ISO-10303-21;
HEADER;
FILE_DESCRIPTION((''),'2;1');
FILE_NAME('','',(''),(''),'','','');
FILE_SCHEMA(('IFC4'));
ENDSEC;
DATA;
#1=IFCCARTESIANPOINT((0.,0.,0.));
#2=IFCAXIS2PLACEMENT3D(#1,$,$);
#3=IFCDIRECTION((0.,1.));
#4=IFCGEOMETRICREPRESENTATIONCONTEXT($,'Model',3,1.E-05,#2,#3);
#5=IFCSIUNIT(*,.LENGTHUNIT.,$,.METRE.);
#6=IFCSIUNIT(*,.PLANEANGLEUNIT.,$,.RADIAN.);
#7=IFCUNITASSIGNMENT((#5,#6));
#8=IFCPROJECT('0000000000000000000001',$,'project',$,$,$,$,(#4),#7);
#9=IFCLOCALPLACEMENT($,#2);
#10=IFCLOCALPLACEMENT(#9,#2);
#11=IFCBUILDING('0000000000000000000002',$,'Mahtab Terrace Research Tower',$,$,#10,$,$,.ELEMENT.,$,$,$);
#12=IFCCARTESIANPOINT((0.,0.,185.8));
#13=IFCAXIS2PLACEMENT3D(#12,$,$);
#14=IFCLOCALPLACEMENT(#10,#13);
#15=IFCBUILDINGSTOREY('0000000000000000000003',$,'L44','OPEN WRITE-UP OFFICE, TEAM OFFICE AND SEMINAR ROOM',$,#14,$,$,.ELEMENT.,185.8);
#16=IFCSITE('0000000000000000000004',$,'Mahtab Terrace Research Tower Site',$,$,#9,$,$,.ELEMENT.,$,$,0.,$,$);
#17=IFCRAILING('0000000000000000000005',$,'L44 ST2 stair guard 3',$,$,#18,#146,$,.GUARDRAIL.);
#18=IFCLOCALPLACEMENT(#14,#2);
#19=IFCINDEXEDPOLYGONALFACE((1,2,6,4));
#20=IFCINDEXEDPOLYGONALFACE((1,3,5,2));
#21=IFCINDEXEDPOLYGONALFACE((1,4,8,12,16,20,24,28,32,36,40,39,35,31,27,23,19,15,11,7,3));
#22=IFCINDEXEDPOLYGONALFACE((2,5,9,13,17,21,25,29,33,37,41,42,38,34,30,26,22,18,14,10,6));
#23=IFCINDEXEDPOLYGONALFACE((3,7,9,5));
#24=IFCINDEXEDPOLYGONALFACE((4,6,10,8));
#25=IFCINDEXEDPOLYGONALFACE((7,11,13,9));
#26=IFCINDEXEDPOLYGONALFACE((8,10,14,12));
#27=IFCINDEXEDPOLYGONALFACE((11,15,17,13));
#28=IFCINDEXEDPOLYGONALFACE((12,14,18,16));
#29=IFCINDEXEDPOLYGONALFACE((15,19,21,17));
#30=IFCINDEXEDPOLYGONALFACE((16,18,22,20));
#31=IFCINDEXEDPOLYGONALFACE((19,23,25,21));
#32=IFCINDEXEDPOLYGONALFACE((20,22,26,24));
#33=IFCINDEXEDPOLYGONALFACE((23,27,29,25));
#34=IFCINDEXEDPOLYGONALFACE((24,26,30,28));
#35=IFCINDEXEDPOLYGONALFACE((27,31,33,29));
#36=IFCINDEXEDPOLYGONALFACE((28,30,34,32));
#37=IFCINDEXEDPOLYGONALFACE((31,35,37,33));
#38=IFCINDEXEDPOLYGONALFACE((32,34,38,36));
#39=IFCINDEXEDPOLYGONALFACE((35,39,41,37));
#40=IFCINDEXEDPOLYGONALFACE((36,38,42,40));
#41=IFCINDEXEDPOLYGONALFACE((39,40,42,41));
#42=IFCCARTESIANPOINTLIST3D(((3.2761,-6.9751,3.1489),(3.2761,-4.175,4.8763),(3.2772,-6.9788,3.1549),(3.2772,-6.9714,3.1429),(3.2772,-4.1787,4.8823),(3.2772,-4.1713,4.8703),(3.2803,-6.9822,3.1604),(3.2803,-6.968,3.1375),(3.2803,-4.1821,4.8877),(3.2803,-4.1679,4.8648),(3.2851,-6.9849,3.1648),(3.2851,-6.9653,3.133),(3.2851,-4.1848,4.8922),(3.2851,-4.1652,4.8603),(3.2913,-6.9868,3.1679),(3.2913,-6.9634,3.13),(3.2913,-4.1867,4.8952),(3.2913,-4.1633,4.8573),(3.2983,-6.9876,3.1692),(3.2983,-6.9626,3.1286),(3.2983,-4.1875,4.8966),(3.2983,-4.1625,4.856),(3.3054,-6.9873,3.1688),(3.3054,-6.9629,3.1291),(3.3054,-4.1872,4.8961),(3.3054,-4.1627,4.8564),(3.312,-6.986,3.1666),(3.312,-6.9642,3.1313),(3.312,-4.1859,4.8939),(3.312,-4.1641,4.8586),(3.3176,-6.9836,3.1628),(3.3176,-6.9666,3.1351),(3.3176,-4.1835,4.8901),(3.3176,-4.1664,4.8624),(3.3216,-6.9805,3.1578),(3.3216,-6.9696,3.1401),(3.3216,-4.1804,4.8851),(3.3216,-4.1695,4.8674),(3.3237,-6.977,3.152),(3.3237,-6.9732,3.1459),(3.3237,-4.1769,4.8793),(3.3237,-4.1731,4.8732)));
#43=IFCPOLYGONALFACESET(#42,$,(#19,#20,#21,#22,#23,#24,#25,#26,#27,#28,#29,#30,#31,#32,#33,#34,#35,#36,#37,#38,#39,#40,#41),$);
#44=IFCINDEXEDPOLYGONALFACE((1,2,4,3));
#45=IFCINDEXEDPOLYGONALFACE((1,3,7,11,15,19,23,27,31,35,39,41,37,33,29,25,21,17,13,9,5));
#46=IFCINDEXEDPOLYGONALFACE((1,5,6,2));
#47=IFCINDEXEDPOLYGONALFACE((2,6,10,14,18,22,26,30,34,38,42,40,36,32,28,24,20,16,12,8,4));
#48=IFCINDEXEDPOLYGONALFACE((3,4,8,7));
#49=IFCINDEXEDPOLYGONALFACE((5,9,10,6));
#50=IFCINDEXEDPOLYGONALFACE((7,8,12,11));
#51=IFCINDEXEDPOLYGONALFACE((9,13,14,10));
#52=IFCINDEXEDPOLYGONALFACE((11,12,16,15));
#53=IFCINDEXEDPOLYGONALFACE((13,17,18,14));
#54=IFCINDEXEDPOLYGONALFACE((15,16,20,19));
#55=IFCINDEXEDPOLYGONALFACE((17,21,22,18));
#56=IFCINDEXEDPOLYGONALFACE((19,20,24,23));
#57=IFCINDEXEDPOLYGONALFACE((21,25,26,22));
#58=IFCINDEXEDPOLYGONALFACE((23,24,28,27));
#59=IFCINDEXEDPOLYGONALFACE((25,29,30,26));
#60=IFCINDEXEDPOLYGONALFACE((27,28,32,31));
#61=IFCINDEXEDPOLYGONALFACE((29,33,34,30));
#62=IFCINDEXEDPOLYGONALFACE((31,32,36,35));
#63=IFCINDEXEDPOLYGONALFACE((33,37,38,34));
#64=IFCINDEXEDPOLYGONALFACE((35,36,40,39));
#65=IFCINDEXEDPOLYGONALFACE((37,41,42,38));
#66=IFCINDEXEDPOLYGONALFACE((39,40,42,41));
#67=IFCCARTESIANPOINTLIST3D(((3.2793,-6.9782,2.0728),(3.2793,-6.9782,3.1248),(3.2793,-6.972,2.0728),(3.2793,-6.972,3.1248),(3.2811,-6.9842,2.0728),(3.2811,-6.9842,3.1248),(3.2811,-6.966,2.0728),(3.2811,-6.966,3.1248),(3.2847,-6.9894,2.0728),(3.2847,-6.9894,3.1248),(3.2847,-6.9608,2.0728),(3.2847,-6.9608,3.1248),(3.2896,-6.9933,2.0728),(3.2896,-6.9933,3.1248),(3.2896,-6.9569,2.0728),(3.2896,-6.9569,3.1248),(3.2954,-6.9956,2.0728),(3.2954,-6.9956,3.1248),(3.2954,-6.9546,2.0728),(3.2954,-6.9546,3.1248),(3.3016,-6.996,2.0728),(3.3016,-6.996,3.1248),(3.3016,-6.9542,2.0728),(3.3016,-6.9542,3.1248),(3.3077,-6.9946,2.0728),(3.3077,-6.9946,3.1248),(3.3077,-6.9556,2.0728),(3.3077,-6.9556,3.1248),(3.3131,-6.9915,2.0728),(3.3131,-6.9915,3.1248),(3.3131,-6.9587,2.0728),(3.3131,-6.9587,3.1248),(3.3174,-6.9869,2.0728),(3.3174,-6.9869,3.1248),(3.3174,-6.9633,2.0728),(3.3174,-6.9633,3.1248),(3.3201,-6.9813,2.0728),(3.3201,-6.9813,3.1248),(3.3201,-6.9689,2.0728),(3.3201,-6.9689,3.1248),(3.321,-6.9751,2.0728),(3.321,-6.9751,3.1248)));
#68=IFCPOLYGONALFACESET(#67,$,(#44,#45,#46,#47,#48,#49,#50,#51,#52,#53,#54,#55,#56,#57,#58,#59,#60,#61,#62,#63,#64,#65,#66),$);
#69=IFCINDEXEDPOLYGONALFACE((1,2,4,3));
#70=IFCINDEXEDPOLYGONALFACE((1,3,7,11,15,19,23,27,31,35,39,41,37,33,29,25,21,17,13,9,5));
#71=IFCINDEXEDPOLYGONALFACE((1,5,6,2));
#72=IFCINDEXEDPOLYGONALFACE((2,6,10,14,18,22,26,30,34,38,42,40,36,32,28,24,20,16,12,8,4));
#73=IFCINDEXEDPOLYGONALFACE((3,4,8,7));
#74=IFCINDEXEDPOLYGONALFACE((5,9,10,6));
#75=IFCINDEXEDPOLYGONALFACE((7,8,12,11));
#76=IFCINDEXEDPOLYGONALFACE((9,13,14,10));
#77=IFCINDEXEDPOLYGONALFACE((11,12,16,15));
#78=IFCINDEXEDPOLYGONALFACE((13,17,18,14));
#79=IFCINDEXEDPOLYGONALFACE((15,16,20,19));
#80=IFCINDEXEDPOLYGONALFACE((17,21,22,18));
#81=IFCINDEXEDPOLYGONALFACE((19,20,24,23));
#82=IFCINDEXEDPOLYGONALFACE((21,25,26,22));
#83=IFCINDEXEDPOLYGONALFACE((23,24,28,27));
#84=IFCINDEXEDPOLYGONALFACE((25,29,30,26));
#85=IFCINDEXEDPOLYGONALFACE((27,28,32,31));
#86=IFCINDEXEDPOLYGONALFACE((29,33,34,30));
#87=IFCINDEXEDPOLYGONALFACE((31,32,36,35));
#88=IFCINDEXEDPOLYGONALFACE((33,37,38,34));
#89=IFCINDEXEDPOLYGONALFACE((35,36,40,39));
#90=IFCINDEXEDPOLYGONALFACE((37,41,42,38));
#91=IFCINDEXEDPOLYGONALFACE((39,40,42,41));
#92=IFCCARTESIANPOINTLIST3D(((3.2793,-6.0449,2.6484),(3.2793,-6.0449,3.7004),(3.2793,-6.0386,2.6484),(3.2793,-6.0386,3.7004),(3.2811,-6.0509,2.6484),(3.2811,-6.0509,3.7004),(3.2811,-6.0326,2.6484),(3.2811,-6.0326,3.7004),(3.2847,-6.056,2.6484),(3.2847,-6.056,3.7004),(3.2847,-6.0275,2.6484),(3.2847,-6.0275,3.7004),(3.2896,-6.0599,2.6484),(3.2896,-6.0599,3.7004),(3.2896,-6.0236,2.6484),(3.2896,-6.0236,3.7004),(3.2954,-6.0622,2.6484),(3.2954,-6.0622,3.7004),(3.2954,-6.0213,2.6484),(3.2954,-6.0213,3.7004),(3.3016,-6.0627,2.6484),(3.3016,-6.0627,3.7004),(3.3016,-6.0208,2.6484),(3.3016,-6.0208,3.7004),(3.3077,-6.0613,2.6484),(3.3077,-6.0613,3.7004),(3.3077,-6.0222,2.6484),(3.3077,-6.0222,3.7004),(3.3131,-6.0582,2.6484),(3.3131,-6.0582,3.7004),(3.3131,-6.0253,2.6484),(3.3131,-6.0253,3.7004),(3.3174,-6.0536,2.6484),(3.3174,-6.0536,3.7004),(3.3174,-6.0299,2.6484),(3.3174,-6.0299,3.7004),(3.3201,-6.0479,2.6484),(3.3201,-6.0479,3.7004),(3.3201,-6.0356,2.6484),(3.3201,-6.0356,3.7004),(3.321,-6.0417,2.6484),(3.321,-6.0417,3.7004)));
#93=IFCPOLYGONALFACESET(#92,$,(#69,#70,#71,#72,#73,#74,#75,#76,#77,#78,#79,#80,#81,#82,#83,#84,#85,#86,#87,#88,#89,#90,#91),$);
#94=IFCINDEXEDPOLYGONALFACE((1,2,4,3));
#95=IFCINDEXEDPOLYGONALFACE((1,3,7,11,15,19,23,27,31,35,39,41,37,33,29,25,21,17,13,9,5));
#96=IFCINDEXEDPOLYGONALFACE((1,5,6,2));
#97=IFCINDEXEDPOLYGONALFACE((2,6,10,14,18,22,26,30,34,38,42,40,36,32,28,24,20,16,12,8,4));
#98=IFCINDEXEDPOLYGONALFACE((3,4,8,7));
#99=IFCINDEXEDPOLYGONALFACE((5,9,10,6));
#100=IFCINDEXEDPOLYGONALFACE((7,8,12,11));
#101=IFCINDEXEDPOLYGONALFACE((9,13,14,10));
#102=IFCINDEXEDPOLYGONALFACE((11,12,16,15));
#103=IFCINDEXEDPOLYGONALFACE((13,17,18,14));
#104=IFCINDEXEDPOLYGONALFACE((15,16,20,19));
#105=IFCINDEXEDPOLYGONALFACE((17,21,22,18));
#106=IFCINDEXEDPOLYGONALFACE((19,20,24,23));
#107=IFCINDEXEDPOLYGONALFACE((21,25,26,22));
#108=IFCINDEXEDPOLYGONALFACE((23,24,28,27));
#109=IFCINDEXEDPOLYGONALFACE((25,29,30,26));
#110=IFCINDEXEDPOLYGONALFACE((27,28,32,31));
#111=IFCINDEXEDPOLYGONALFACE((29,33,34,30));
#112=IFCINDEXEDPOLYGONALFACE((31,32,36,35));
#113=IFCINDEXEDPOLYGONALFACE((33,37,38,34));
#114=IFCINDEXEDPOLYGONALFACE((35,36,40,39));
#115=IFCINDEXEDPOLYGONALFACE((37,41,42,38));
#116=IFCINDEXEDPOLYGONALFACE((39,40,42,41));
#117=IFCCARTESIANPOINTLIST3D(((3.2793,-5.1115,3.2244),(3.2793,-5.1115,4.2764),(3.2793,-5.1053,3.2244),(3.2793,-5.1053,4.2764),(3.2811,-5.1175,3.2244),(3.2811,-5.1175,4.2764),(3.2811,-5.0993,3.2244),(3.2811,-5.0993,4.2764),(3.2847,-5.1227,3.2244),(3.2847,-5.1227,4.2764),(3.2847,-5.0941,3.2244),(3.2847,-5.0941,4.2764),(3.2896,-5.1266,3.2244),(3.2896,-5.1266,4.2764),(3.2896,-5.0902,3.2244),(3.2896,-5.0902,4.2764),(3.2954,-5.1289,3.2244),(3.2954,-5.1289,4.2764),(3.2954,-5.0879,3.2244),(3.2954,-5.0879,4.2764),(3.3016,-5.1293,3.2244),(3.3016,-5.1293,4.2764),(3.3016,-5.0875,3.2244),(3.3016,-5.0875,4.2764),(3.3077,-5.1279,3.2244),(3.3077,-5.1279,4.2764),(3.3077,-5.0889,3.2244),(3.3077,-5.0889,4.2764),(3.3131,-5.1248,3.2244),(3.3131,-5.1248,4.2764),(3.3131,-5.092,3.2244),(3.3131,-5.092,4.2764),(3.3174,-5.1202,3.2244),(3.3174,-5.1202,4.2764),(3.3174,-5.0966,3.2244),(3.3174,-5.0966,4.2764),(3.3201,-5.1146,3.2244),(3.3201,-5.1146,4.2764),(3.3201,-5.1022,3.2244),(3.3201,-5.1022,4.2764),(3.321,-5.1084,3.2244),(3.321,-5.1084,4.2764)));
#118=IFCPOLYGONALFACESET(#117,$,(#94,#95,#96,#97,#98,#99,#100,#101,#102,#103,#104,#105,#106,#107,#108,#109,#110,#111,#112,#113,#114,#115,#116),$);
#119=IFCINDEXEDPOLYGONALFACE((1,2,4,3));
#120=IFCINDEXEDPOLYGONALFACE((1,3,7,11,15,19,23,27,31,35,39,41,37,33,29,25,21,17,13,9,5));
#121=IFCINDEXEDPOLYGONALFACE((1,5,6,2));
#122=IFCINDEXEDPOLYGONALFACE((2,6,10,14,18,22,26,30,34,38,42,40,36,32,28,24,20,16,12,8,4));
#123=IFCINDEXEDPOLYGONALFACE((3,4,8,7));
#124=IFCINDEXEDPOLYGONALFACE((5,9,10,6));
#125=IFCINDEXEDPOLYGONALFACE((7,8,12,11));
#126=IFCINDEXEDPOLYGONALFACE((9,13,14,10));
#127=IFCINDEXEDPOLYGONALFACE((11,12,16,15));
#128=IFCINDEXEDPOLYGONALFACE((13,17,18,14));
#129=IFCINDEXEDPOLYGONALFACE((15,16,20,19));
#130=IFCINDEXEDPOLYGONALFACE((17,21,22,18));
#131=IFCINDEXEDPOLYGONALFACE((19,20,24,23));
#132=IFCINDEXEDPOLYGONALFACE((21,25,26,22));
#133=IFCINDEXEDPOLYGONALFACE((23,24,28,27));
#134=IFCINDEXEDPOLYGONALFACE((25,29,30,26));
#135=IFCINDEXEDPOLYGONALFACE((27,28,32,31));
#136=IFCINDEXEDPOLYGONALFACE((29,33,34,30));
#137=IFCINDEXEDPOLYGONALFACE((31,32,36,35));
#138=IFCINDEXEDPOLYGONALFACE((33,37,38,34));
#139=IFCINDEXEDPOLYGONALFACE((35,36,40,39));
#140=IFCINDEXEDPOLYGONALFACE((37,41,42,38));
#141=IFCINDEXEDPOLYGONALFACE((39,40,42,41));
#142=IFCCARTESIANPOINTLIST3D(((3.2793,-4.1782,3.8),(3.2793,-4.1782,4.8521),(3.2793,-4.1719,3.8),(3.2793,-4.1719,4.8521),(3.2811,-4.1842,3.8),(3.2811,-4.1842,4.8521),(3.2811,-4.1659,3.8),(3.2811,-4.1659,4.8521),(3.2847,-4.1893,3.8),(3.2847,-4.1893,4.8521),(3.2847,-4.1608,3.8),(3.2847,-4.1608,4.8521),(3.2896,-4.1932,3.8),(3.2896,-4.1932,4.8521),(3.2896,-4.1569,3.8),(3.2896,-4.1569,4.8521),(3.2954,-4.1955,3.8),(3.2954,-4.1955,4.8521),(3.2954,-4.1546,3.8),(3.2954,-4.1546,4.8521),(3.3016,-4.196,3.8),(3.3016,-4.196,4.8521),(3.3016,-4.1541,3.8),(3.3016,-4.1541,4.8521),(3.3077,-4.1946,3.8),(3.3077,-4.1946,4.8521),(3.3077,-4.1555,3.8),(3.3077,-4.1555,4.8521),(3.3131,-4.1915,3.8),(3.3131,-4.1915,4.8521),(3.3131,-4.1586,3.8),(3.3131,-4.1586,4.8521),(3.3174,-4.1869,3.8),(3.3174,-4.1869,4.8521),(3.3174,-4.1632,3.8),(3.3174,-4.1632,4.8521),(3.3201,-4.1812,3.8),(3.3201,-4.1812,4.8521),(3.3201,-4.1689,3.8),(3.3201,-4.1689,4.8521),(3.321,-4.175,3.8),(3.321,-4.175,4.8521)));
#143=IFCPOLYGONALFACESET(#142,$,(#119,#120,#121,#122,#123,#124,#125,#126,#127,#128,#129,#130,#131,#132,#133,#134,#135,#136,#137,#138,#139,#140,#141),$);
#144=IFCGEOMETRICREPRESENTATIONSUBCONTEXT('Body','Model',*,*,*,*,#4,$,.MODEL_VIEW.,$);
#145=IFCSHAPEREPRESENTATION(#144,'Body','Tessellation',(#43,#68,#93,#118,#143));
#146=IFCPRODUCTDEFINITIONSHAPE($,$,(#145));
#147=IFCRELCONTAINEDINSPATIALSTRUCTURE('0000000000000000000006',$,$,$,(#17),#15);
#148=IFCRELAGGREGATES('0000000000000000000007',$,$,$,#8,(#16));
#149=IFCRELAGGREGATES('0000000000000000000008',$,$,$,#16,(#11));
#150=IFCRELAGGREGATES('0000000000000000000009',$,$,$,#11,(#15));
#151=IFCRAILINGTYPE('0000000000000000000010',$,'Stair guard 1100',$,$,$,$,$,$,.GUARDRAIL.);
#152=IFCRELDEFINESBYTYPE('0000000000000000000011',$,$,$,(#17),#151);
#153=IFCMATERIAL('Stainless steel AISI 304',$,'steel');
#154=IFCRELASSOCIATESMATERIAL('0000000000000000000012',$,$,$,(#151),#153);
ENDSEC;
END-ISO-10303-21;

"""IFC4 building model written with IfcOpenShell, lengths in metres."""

from ifc_helpers import new_model, si_unit, direction, frame, origin, origin_2d, place, context, subcontext, project, spatial, circle, extrude, material, type_object, element, save


model = new_model("IFC4")

# Units and contexts
model_context = context("Model", 3, precision=1e-05, world=origin(), true_north=direction((0.0, 1.0)))
body_context = subcontext(model_context, "Body", "Model", "MODEL_VIEW")
ifc_project = project(units=[si_unit("LENGTHUNIT", "METRE"), si_unit("PLANEANGLEUNIT", "RADIAN")], contexts=[model_context])

# Site, building, storey
site_placement = place(None, origin())
site = spatial("IfcSite", under=ifc_project, at=site_placement, Name="Mahtab Terrace Research Tower Site", CompositionType="ELEMENT", RefElevation=0.0)
building_placement = place(site_placement, origin())
building = spatial("IfcBuilding", under=site, at=building_placement, Name="Mahtab Terrace Research Tower", CompositionType="ELEMENT")
storey_placement = place(building_placement, frame((0.0, 0.0, 185.8)))
storey = spatial("IfcBuildingStorey", under=building, at=storey_placement, Name="L44", Description="OPEN WRITE-UP OFFICE, TEAM OFFICE AND SEMINAR ROOM", CompositionType="ELEMENT", Elevation=185.8)

# Railing
ifc_material_1 = material(Name="Stainless steel AISI 304", Category="steel")
railing_type_1 = type_object("IfcRailingType", Name="Stair guard 1100", PredefinedType="GUARDRAIL", material=ifc_material_1)
railing_1_placement = place(storey_placement, frame((3.3, -6.9751, 2.0728)))
element("IfcRailing", 1, at=railing_1_placement, inside=storey, type_object=railing_type_1, Name="L44 ST2 stair guard 3", PredefinedType="GUARDRAIL", context=body_context, shape_type="SweptSolid", body=[
    extrude(circle(Radius=0.0239, at=origin_2d()), frame((0.0, 0.0, 1.0762), z_axis=(0.0, 0.85109, 0.52502), x_axis=(-1.0, 0.0, 0.0)), (0.0, 0.0, 1.0), 3.29),
    extrude(circle(Radius=0.021, at=origin_2d()), origin(), (0.0, 0.0, 1.0), 1.052),
    extrude(circle(Radius=0.021, at=origin_2d()), frame((0.0, 0.9333, 0.5757)), (0.0, 0.0, 1.0), 1.052),
    extrude(circle(Radius=0.021, at=origin_2d()), frame((0.0, 1.8667, 1.1516)), (0.0, 0.0, 1.0), 1.052),
    extrude(circle(Radius=0.021, at=origin_2d()), frame((0.0, 2.8, 1.7273)), (0.0, 0.0, 1.0), 1.052),
])

save(model, "model.ifc")
